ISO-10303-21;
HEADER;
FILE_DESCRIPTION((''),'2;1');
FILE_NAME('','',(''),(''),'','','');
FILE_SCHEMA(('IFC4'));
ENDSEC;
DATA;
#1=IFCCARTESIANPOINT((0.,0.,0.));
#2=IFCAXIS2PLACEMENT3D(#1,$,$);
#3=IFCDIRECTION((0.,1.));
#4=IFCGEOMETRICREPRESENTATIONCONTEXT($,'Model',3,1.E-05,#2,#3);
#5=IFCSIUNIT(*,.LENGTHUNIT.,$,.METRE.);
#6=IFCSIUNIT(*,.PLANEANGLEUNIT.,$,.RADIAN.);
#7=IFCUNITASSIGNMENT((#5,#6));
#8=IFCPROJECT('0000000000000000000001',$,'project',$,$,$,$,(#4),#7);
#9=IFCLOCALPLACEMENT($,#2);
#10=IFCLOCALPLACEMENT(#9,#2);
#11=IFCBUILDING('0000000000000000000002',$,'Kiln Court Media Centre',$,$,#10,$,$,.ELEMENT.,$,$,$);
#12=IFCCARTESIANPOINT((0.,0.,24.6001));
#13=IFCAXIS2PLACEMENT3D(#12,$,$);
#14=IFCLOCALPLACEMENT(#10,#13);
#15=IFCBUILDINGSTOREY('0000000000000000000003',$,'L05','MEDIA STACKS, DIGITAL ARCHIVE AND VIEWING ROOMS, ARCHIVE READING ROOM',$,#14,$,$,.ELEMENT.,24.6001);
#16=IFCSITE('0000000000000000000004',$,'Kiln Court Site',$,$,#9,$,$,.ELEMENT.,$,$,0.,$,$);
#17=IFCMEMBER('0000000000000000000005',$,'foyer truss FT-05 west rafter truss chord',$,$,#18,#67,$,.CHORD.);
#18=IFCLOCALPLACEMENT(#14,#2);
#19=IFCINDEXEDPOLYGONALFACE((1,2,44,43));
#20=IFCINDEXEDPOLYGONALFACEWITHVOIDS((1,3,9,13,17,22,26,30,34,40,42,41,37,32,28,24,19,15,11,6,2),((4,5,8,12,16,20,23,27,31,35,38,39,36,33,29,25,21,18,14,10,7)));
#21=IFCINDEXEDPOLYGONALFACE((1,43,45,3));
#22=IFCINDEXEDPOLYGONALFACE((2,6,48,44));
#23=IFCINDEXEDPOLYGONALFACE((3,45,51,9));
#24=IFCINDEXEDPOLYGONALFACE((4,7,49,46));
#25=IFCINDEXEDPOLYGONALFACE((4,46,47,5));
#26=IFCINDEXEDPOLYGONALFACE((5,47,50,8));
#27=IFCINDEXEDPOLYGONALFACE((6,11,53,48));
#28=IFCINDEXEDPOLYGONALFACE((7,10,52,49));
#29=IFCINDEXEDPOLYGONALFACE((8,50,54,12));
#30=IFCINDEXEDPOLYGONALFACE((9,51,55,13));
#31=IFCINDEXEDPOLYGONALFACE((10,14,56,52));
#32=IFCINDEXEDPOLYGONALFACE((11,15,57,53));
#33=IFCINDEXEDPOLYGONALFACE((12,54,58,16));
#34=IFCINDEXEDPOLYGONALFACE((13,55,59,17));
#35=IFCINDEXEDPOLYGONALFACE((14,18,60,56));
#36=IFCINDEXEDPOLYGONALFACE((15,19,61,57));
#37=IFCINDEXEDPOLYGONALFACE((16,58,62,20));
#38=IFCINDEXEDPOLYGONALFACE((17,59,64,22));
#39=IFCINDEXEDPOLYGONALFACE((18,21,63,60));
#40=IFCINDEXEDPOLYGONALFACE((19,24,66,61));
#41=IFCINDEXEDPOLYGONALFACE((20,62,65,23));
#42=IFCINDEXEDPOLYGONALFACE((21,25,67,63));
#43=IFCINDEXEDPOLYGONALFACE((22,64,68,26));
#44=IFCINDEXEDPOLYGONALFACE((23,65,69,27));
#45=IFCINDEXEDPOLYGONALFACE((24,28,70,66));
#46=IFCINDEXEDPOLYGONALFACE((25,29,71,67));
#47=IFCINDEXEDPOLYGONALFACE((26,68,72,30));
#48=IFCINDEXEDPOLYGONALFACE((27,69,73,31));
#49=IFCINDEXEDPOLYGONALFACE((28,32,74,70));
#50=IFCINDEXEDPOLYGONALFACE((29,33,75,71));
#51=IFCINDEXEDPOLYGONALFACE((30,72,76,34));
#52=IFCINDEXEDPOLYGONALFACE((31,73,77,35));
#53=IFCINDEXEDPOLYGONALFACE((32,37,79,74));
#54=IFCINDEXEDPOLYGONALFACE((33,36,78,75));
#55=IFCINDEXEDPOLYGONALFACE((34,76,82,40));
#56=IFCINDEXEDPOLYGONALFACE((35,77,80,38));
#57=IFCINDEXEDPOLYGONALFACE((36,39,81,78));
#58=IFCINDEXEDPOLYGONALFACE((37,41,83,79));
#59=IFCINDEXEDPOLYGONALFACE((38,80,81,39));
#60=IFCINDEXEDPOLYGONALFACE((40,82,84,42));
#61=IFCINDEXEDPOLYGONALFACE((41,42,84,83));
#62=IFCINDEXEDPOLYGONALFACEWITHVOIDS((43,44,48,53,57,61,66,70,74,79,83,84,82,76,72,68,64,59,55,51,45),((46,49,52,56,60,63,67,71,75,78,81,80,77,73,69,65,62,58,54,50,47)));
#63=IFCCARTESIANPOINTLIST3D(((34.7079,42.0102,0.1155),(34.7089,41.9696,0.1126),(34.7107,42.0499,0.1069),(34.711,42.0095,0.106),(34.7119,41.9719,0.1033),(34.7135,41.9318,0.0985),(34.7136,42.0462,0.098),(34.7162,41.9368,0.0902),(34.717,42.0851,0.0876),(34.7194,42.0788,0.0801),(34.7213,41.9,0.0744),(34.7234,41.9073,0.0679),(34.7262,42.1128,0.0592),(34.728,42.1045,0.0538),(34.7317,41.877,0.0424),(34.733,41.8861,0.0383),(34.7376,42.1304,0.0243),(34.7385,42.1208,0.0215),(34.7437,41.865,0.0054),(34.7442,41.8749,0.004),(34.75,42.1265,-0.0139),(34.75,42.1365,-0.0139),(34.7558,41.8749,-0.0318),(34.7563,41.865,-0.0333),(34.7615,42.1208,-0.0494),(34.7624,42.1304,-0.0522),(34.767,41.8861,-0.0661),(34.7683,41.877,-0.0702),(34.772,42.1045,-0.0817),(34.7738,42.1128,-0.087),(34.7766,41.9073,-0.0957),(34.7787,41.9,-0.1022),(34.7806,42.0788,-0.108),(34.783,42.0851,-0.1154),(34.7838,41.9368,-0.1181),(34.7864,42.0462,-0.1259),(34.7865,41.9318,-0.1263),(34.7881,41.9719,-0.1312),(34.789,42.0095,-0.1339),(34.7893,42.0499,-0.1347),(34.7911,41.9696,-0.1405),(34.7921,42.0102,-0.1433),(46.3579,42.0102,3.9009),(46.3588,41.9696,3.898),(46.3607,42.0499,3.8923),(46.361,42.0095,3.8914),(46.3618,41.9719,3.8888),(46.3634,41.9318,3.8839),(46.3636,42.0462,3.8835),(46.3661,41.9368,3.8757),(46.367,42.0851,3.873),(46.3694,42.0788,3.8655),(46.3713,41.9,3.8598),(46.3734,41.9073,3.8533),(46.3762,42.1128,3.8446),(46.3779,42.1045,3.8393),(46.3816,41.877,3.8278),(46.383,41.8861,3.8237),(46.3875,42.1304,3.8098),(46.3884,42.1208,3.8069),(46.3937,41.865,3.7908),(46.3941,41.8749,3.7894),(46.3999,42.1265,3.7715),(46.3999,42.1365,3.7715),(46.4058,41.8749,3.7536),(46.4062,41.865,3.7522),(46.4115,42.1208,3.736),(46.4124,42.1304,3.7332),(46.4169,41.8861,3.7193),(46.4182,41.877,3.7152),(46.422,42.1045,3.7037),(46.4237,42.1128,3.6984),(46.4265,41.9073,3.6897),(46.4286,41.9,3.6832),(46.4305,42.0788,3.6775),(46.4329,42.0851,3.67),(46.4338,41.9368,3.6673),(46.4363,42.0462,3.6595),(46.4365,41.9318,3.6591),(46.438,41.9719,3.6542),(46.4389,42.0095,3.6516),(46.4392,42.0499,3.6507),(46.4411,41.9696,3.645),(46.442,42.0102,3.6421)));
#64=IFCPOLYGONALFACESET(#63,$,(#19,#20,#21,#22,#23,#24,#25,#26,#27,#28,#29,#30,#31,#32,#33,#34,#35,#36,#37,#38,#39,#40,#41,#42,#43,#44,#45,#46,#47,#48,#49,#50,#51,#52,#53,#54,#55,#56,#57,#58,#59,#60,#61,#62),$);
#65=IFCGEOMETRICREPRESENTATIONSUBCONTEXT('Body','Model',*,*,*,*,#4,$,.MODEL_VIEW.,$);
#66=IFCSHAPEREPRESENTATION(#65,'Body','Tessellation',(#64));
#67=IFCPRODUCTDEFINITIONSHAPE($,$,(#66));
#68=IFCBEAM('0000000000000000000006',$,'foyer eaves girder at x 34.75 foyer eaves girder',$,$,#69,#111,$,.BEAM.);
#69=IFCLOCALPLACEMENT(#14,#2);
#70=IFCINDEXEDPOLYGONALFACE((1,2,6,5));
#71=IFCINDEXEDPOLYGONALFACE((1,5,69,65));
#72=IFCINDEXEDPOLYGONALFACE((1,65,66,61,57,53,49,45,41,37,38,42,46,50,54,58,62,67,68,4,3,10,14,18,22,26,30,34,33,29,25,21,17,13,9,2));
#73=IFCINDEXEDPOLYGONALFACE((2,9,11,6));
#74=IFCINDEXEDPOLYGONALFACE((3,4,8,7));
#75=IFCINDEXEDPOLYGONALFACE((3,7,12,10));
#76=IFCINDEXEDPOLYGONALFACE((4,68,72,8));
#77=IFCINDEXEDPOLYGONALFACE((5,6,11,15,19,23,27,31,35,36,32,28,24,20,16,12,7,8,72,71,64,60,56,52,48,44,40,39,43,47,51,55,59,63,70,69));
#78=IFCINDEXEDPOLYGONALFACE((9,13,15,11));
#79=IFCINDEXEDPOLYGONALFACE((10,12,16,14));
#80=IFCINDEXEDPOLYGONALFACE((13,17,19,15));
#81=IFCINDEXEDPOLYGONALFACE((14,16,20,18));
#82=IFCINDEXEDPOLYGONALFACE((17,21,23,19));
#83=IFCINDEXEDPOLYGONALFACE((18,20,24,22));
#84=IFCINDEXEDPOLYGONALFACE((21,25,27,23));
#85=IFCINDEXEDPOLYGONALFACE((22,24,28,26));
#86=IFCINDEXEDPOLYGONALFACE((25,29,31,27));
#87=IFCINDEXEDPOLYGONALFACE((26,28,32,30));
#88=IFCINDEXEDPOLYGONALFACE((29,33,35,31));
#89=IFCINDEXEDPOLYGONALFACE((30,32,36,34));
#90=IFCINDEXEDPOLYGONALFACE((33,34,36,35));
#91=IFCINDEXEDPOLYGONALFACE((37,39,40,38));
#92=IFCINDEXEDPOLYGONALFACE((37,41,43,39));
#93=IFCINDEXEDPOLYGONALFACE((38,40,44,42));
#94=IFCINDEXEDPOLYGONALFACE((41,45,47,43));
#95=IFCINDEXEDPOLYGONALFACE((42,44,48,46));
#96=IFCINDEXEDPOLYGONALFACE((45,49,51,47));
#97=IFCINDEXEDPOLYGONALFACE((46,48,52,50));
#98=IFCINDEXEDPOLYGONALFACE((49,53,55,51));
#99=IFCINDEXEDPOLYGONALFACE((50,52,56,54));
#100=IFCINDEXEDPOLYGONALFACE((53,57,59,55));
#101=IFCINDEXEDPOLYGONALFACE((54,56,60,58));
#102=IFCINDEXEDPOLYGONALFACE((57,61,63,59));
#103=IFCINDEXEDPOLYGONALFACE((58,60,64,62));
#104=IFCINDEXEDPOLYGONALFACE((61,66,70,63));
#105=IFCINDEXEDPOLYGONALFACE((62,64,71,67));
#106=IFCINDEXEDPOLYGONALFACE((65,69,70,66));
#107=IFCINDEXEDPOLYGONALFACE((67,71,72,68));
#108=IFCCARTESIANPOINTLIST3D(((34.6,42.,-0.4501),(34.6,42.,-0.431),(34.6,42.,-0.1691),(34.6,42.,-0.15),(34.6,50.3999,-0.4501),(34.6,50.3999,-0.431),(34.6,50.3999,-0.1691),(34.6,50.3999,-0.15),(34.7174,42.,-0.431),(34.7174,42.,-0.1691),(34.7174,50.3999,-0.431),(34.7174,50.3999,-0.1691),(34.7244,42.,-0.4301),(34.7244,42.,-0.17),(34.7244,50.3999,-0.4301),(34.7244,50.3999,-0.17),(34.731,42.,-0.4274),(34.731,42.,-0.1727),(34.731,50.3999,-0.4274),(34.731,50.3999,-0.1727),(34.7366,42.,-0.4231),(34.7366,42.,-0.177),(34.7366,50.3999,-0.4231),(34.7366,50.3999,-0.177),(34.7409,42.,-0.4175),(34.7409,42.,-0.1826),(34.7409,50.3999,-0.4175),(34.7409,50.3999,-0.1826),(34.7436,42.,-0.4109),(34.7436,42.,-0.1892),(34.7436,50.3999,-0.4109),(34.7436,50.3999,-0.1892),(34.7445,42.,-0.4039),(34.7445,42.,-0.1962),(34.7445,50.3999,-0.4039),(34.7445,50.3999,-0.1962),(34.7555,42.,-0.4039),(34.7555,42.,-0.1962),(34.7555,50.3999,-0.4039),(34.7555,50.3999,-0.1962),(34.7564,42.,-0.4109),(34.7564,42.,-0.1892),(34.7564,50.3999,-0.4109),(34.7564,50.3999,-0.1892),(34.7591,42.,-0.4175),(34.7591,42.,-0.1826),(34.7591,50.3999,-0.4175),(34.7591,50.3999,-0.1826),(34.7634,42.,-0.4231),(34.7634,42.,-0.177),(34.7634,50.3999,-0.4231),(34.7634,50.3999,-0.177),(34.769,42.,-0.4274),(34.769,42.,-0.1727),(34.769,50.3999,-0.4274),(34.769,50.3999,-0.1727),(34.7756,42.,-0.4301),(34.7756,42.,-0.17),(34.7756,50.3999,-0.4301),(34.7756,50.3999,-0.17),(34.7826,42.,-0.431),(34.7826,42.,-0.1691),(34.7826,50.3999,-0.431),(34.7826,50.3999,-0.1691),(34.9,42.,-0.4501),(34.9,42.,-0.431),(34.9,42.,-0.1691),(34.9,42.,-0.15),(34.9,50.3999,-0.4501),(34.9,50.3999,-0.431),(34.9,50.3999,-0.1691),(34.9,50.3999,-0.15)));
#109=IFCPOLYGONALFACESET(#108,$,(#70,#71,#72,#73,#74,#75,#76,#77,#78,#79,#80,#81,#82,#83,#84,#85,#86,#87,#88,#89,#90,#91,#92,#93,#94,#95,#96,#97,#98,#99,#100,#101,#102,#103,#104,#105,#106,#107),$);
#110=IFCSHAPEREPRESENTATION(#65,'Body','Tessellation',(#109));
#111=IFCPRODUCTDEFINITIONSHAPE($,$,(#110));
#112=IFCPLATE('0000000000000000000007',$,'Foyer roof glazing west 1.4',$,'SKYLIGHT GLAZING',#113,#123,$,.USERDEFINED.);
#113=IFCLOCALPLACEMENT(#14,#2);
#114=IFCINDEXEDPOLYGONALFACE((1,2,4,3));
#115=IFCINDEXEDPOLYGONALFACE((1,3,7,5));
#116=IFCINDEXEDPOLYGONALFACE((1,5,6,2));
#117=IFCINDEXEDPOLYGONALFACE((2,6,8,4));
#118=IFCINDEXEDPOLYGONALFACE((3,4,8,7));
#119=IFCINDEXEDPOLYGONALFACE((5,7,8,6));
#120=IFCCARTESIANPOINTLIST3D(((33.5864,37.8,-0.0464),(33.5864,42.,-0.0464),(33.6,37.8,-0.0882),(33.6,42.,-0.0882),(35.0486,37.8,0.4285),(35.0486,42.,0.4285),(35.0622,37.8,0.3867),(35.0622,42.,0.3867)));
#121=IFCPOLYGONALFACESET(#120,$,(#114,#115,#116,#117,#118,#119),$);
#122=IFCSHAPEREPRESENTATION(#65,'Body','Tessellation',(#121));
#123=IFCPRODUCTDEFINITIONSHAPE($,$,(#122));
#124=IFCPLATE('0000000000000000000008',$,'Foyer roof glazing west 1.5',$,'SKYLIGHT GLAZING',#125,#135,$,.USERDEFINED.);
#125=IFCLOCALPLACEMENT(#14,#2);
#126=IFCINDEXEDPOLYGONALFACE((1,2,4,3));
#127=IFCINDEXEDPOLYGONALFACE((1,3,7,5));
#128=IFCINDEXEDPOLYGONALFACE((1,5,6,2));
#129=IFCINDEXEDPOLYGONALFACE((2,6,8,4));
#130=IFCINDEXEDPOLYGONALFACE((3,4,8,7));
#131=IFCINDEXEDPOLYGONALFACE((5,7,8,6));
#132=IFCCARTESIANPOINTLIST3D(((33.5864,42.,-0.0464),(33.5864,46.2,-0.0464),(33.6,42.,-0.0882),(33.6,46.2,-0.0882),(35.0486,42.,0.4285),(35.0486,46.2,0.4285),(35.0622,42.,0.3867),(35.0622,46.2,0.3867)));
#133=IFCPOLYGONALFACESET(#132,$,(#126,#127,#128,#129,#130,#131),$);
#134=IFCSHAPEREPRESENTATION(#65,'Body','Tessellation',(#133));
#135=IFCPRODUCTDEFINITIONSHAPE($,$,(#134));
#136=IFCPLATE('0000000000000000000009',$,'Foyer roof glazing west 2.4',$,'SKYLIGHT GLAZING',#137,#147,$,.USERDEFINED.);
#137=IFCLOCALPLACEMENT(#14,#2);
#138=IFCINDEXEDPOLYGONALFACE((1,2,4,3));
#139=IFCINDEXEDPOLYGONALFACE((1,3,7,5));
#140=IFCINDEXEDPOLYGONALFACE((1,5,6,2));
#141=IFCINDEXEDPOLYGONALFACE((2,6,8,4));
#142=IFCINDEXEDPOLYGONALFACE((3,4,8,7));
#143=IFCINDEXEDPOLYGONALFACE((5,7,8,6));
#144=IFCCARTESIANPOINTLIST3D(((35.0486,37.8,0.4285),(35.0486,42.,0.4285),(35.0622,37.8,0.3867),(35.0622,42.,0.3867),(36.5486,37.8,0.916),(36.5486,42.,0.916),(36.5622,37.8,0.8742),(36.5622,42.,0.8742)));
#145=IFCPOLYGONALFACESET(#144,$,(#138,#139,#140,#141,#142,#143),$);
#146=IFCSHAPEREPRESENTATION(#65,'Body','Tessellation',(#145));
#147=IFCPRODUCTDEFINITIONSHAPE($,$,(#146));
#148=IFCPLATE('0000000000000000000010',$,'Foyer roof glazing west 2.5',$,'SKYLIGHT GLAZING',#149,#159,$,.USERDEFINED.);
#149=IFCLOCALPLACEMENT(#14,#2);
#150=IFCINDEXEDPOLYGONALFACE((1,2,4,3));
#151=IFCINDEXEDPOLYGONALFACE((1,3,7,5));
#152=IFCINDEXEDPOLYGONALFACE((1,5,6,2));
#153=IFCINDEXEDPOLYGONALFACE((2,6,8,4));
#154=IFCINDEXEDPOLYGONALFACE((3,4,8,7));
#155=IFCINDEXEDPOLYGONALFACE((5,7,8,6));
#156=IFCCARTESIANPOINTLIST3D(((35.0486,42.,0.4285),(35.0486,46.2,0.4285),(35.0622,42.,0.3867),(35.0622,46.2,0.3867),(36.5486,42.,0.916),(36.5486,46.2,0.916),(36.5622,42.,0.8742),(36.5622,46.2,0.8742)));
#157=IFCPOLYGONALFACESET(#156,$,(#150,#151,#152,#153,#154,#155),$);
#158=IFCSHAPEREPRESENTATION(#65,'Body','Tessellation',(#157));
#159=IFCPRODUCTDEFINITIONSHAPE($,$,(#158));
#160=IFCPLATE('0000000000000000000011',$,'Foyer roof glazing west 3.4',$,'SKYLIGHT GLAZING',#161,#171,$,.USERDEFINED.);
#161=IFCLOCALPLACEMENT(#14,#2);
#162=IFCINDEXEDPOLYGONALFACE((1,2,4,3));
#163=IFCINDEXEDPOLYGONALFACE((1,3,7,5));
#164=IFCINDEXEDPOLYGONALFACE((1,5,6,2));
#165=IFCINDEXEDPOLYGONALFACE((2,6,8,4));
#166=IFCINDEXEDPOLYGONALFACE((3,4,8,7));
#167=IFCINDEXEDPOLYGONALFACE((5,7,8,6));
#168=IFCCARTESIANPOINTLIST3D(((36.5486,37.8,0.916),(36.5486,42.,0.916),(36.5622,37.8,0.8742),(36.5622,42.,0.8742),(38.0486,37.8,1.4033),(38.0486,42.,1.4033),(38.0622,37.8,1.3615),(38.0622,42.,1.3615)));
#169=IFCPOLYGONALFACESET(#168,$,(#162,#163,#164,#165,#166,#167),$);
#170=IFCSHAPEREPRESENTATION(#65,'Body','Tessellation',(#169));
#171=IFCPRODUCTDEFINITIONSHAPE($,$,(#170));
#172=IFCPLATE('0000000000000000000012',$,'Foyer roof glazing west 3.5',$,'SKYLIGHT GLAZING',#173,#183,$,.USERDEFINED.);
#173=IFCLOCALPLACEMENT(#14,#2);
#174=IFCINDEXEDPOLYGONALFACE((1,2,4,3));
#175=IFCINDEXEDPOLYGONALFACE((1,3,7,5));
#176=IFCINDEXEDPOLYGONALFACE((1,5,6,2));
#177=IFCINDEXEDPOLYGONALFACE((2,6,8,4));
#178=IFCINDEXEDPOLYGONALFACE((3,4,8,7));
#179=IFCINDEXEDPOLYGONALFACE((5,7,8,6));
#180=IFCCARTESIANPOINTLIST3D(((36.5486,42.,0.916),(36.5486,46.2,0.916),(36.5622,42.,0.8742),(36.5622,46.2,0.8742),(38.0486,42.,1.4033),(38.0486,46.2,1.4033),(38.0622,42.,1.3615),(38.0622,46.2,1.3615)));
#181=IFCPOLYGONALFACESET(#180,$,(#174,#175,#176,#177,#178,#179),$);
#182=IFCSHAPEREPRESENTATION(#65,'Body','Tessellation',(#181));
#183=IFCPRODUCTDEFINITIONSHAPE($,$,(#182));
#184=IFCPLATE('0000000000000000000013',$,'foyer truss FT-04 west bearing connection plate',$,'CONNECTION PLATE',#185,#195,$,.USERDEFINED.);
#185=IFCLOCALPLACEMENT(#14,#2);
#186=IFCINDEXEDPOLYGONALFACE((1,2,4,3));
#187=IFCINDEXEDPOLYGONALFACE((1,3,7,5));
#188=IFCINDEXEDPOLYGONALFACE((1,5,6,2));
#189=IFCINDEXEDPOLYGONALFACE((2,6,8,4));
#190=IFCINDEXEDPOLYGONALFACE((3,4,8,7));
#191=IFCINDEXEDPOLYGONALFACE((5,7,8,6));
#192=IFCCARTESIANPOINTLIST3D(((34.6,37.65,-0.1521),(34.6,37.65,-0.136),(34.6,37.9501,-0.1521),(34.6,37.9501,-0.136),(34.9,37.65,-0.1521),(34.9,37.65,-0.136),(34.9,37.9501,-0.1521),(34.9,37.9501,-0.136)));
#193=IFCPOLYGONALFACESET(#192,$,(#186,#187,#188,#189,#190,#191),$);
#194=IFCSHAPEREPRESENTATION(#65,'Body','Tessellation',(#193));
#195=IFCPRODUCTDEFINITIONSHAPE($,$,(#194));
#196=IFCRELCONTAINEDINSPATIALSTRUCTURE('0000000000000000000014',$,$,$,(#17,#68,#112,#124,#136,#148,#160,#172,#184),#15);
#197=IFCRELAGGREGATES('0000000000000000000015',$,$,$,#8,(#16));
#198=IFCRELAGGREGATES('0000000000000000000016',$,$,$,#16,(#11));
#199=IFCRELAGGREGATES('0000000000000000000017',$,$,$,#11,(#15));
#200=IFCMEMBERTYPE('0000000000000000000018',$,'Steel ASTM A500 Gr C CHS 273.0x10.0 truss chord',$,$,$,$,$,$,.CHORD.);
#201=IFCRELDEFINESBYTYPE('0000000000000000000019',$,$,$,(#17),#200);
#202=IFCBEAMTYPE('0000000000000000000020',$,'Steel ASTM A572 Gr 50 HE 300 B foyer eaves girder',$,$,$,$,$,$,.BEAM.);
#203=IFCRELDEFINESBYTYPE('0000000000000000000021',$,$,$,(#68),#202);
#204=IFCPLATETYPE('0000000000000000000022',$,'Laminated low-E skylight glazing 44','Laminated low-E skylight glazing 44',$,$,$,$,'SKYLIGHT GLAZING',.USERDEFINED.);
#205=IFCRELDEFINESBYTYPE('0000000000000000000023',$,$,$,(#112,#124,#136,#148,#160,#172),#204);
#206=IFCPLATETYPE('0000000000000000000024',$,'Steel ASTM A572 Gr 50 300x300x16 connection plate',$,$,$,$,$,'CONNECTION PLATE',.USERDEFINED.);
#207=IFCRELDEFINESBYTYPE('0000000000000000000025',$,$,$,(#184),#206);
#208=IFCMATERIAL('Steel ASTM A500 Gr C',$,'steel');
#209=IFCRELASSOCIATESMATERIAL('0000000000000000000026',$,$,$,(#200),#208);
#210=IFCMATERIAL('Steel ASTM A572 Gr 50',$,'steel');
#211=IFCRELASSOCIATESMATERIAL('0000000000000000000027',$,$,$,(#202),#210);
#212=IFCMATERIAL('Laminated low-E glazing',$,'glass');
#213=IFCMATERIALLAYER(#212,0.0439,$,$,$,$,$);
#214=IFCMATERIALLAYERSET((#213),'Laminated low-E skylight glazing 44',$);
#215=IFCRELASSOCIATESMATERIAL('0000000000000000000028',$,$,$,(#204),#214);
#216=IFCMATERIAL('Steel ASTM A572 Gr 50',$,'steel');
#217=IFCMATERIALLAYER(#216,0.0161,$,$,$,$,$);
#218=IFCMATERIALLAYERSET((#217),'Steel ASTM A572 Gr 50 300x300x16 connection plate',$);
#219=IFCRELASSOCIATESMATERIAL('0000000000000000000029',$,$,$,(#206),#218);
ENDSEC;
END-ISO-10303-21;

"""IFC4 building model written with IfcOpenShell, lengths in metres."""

from ifc_helpers import new_model, si_unit, direction, frame, origin, origin_2d, place, context, subcontext, project, spatial, polyline, rectangle, hollow_circle, i_section, outline, extrude, material, layer, layer_set, material_profile, profile_set, type_object, element, save


model = new_model("IFC4")

# Units and contexts
model_context = context("Model", 3, precision=1e-05, world=origin(), true_north=direction((0.0, 1.0)))
body_context = subcontext(model_context, "Body", "Model", "MODEL_VIEW")
ifc_project = project(units=[si_unit("LENGTHUNIT", "METRE"), si_unit("PLANEANGLEUNIT", "RADIAN")], contexts=[model_context])

# Site, building, storey
site_placement = place(None, origin())
site = spatial("IfcSite", under=ifc_project, at=site_placement, Name="Kiln Court Site", CompositionType="ELEMENT", RefElevation=0.0)
building_placement = place(site_placement, origin())
building = spatial("IfcBuilding", under=site, at=building_placement, Name="Kiln Court Media Centre", CompositionType="ELEMENT")
storey_placement = place(building_placement, frame((0.0, 0.0, 24.6001)))
storey = spatial("IfcBuildingStorey", under=building, at=storey_placement, Name="L05", Description="MEDIA STACKS, DIGITAL ARCHIVE AND VIEWING ROOMS, ARCHIVE READING ROOM", CompositionType="ELEMENT", Elevation=24.6001)

# Member
ifc_material_1 = material(Name="Steel ASTM A500 Gr C", Category="steel")
ifc_material_profile_1 = material_profile(ifc_material_1, hollow_circle(Radius=0.1365, WallThickness=0.01, at=origin_2d()), Name="CHS 273.0x10.0")
ifc_profile_set_1 = profile_set([ifc_material_profile_1], Name="Steel ASTM A500 Gr C")
member_type_1 = type_object("IfcMemberType", Name="Steel ASTM A500 Gr C CHS 273.0x10.0 truss chord", PredefinedType="CHORD", material=ifc_profile_set_1)
for number, where, z_axis, x_axis, name in (
    (1, (34.75, 42.0, -0.0139), (0.951054, 0.0, 0.309026), (0.0, 1.0, 0.0), "foyer truss FT-05 west rafter truss chord"),
):
    element("IfcMember", number, at=place(storey_placement, frame(where, z_axis=z_axis, x_axis=x_axis)), inside=storey, type_object=member_type_1, Name=name, PredefinedType="CHORD", context=body_context, shape_type="SweptSolid", body=[
        extrude(hollow_circle(Radius=0.1365, WallThickness=0.01, at=origin_2d()), origin(), (0.0, 0.0, 1.0), 12.2495),
    ])

# Beam
ifc_material_2 = material(Name="Steel ASTM A572 Gr 50", Category="steel")
ifc_material_profile_2 = material_profile(ifc_material_2, i_section(OverallWidth=0.3, OverallDepth=0.3, WebThickness=0.011, FlangeThickness=0.019, FilletRadius=0.0271, at=origin_2d()), Name="HE 300 B")
ifc_profile_set_2 = profile_set([ifc_material_profile_2], Name="Steel ASTM A572 Gr 50")
beam_type = type_object("IfcBeamType", Name="Steel ASTM A572 Gr 50 HE 300 B foyer eaves girder", PredefinedType="BEAM", material=ifc_profile_set_2)
beam_placement = place(storey_placement, frame((34.75, 42.0, -0.3), z_axis=(0.0, 1.0, 0.0), x_axis=(-1.0, 0.0, 0.0)))
element("IfcBeam", 2, at=beam_placement, inside=storey, type_object=beam_type, Name="foyer eaves girder at x 34.75 foyer eaves girder", PredefinedType="BEAM", context=body_context, shape_type="SweptSolid", body=[
    extrude(i_section(OverallWidth=0.3, OverallDepth=0.3, WebThickness=0.011, FlangeThickness=0.019, FilletRadius=0.0271, at=origin_2d()), origin(), (0.0, 0.0, 1.0), 8.3999),
])

# Plates
ifc_material_3 = material(Name="Laminated low-E glazing", Category="glass")
ifc_layer_1 = layer(ifc_material_3, 0.0439)
ifc_layer_set_1 = layer_set([ifc_layer_1], Name="Laminated low-E skylight glazing 44")
plate_type_1 = type_object("IfcPlateType", Name="Laminated low-E skylight glazing 44", Description="Laminated low-E skylight glazing 44", ElementType="SKYLIGHT GLAZING", PredefinedType="USERDEFINED", material=ifc_layer_set_1)
for number, where, z_axis, x_axis, name in (
    (3, (33.5864, 37.8, -0.0464), (-0.308881, 0.0, 0.951101), (0.951101, 0.0, 0.308881), "Foyer roof glazing west 1.4"),
    (4, (33.5864, 42.0, -0.0464), (-0.308881, 0.0, 0.951101), (0.951101, 0.0, 0.308881), "Foyer roof glazing west 1.5"),
):
    element("IfcPlate", number, at=place(storey_placement, frame(where, z_axis=z_axis, x_axis=x_axis)), inside=storey, type_object=plate_type_1, Name=name, ObjectType="SKYLIGHT GLAZING", PredefinedType="USERDEFINED", context=body_context, shape_type="SweptSolid", body=[
        extrude(outline(polyline([(0.0, 0.0), (1.5373, 0.0), (1.5373, 4.2), (0.0, 4.2), (0.0, 0.0)])), origin(), (0.0, 0.0, -1.0), 0.0439),
    ])
for number, where, z_axis, x_axis, name in (
    (5, (35.0486, 37.8, 0.4285), (-0.309114, 0.0, 0.951025), (0.951025, 0.0, 0.309114), "Foyer roof glazing west 2.4"),
    (6, (35.0486, 42.0, 0.4285), (-0.309114, 0.0, 0.951025), (0.951025, 0.0, 0.309114), "Foyer roof glazing west 2.5"),
):
    element("IfcPlate", number, at=place(storey_placement, frame(where, z_axis=z_axis, x_axis=x_axis)), inside=storey, type_object=plate_type_1, Name=name, ObjectType="SKYLIGHT GLAZING", PredefinedType="USERDEFINED", context=body_context, shape_type="SweptSolid", body=[
        extrude(outline(polyline([(0.0, 0.0), (1.5772, 0.0), (1.5772, 4.2), (0.0, 4.2), (0.0, 0.0)])), origin(), (0.0, 0.0, -1.0), 0.0439),
    ])
for number, where, z_axis, x_axis, name in (
    (7, (36.5486, 37.8, 0.916), (-0.308974, 0.0, 0.95107), (0.95107, 0.0, 0.308974), "Foyer roof glazing west 3.4"),
    (8, (36.5486, 42.0, 0.916), (-0.308974, 0.0, 0.95107), (0.95107, 0.0, 0.308974), "Foyer roof glazing west 3.5"),
):
    element("IfcPlate", number, at=place(storey_placement, frame(where, z_axis=z_axis, x_axis=x_axis)), inside=storey, type_object=plate_type_1, Name=name, ObjectType="SKYLIGHT GLAZING", PredefinedType="USERDEFINED", context=body_context, shape_type="SweptSolid", body=[
        extrude(outline(polyline([(0.0, 0.0), (1.5772, 0.0), (1.5772, 4.2), (0.0, 4.2), (0.0, 0.0)])), origin(), (0.0, 0.0, -1.0), 0.0439),
    ])
ifc_material_4 = material(Name="Steel ASTM A572 Gr 50", Category="steel")
ifc_layer_2 = layer(ifc_material_4, 0.0161)
ifc_layer_set_2 = layer_set([ifc_layer_2], Name="Steel ASTM A572 Gr 50 300x300x16 connection plate")
plate_type_2 = type_object("IfcPlateType", Name="Steel ASTM A572 Gr 50 300x300x16 connection plate", ElementType="CONNECTION PLATE", PredefinedType="USERDEFINED", material=ifc_layer_set_2)
for number, where, z_axis, x_axis, name in (
    (9, (34.75, 37.8, -0.1521), (0.0, 0.0, 1.0), (1.0, 0.0, 0.0), "foyer truss FT-04 west bearing connection plate"),
):
    element("IfcPlate", number, at=place(storey_placement, frame(where, z_axis=z_axis, x_axis=x_axis)), inside=storey, type_object=plate_type_2, Name=name, ObjectType="CONNECTION PLATE", PredefinedType="USERDEFINED", context=body_context, shape_type="SweptSolid", body=[
        extrude(rectangle(XDim=0.3, YDim=0.3, at=origin_2d()), origin(), (0.0, 0.0, 1.0), 0.0161),
    ])

save(model, "model.ifc")
